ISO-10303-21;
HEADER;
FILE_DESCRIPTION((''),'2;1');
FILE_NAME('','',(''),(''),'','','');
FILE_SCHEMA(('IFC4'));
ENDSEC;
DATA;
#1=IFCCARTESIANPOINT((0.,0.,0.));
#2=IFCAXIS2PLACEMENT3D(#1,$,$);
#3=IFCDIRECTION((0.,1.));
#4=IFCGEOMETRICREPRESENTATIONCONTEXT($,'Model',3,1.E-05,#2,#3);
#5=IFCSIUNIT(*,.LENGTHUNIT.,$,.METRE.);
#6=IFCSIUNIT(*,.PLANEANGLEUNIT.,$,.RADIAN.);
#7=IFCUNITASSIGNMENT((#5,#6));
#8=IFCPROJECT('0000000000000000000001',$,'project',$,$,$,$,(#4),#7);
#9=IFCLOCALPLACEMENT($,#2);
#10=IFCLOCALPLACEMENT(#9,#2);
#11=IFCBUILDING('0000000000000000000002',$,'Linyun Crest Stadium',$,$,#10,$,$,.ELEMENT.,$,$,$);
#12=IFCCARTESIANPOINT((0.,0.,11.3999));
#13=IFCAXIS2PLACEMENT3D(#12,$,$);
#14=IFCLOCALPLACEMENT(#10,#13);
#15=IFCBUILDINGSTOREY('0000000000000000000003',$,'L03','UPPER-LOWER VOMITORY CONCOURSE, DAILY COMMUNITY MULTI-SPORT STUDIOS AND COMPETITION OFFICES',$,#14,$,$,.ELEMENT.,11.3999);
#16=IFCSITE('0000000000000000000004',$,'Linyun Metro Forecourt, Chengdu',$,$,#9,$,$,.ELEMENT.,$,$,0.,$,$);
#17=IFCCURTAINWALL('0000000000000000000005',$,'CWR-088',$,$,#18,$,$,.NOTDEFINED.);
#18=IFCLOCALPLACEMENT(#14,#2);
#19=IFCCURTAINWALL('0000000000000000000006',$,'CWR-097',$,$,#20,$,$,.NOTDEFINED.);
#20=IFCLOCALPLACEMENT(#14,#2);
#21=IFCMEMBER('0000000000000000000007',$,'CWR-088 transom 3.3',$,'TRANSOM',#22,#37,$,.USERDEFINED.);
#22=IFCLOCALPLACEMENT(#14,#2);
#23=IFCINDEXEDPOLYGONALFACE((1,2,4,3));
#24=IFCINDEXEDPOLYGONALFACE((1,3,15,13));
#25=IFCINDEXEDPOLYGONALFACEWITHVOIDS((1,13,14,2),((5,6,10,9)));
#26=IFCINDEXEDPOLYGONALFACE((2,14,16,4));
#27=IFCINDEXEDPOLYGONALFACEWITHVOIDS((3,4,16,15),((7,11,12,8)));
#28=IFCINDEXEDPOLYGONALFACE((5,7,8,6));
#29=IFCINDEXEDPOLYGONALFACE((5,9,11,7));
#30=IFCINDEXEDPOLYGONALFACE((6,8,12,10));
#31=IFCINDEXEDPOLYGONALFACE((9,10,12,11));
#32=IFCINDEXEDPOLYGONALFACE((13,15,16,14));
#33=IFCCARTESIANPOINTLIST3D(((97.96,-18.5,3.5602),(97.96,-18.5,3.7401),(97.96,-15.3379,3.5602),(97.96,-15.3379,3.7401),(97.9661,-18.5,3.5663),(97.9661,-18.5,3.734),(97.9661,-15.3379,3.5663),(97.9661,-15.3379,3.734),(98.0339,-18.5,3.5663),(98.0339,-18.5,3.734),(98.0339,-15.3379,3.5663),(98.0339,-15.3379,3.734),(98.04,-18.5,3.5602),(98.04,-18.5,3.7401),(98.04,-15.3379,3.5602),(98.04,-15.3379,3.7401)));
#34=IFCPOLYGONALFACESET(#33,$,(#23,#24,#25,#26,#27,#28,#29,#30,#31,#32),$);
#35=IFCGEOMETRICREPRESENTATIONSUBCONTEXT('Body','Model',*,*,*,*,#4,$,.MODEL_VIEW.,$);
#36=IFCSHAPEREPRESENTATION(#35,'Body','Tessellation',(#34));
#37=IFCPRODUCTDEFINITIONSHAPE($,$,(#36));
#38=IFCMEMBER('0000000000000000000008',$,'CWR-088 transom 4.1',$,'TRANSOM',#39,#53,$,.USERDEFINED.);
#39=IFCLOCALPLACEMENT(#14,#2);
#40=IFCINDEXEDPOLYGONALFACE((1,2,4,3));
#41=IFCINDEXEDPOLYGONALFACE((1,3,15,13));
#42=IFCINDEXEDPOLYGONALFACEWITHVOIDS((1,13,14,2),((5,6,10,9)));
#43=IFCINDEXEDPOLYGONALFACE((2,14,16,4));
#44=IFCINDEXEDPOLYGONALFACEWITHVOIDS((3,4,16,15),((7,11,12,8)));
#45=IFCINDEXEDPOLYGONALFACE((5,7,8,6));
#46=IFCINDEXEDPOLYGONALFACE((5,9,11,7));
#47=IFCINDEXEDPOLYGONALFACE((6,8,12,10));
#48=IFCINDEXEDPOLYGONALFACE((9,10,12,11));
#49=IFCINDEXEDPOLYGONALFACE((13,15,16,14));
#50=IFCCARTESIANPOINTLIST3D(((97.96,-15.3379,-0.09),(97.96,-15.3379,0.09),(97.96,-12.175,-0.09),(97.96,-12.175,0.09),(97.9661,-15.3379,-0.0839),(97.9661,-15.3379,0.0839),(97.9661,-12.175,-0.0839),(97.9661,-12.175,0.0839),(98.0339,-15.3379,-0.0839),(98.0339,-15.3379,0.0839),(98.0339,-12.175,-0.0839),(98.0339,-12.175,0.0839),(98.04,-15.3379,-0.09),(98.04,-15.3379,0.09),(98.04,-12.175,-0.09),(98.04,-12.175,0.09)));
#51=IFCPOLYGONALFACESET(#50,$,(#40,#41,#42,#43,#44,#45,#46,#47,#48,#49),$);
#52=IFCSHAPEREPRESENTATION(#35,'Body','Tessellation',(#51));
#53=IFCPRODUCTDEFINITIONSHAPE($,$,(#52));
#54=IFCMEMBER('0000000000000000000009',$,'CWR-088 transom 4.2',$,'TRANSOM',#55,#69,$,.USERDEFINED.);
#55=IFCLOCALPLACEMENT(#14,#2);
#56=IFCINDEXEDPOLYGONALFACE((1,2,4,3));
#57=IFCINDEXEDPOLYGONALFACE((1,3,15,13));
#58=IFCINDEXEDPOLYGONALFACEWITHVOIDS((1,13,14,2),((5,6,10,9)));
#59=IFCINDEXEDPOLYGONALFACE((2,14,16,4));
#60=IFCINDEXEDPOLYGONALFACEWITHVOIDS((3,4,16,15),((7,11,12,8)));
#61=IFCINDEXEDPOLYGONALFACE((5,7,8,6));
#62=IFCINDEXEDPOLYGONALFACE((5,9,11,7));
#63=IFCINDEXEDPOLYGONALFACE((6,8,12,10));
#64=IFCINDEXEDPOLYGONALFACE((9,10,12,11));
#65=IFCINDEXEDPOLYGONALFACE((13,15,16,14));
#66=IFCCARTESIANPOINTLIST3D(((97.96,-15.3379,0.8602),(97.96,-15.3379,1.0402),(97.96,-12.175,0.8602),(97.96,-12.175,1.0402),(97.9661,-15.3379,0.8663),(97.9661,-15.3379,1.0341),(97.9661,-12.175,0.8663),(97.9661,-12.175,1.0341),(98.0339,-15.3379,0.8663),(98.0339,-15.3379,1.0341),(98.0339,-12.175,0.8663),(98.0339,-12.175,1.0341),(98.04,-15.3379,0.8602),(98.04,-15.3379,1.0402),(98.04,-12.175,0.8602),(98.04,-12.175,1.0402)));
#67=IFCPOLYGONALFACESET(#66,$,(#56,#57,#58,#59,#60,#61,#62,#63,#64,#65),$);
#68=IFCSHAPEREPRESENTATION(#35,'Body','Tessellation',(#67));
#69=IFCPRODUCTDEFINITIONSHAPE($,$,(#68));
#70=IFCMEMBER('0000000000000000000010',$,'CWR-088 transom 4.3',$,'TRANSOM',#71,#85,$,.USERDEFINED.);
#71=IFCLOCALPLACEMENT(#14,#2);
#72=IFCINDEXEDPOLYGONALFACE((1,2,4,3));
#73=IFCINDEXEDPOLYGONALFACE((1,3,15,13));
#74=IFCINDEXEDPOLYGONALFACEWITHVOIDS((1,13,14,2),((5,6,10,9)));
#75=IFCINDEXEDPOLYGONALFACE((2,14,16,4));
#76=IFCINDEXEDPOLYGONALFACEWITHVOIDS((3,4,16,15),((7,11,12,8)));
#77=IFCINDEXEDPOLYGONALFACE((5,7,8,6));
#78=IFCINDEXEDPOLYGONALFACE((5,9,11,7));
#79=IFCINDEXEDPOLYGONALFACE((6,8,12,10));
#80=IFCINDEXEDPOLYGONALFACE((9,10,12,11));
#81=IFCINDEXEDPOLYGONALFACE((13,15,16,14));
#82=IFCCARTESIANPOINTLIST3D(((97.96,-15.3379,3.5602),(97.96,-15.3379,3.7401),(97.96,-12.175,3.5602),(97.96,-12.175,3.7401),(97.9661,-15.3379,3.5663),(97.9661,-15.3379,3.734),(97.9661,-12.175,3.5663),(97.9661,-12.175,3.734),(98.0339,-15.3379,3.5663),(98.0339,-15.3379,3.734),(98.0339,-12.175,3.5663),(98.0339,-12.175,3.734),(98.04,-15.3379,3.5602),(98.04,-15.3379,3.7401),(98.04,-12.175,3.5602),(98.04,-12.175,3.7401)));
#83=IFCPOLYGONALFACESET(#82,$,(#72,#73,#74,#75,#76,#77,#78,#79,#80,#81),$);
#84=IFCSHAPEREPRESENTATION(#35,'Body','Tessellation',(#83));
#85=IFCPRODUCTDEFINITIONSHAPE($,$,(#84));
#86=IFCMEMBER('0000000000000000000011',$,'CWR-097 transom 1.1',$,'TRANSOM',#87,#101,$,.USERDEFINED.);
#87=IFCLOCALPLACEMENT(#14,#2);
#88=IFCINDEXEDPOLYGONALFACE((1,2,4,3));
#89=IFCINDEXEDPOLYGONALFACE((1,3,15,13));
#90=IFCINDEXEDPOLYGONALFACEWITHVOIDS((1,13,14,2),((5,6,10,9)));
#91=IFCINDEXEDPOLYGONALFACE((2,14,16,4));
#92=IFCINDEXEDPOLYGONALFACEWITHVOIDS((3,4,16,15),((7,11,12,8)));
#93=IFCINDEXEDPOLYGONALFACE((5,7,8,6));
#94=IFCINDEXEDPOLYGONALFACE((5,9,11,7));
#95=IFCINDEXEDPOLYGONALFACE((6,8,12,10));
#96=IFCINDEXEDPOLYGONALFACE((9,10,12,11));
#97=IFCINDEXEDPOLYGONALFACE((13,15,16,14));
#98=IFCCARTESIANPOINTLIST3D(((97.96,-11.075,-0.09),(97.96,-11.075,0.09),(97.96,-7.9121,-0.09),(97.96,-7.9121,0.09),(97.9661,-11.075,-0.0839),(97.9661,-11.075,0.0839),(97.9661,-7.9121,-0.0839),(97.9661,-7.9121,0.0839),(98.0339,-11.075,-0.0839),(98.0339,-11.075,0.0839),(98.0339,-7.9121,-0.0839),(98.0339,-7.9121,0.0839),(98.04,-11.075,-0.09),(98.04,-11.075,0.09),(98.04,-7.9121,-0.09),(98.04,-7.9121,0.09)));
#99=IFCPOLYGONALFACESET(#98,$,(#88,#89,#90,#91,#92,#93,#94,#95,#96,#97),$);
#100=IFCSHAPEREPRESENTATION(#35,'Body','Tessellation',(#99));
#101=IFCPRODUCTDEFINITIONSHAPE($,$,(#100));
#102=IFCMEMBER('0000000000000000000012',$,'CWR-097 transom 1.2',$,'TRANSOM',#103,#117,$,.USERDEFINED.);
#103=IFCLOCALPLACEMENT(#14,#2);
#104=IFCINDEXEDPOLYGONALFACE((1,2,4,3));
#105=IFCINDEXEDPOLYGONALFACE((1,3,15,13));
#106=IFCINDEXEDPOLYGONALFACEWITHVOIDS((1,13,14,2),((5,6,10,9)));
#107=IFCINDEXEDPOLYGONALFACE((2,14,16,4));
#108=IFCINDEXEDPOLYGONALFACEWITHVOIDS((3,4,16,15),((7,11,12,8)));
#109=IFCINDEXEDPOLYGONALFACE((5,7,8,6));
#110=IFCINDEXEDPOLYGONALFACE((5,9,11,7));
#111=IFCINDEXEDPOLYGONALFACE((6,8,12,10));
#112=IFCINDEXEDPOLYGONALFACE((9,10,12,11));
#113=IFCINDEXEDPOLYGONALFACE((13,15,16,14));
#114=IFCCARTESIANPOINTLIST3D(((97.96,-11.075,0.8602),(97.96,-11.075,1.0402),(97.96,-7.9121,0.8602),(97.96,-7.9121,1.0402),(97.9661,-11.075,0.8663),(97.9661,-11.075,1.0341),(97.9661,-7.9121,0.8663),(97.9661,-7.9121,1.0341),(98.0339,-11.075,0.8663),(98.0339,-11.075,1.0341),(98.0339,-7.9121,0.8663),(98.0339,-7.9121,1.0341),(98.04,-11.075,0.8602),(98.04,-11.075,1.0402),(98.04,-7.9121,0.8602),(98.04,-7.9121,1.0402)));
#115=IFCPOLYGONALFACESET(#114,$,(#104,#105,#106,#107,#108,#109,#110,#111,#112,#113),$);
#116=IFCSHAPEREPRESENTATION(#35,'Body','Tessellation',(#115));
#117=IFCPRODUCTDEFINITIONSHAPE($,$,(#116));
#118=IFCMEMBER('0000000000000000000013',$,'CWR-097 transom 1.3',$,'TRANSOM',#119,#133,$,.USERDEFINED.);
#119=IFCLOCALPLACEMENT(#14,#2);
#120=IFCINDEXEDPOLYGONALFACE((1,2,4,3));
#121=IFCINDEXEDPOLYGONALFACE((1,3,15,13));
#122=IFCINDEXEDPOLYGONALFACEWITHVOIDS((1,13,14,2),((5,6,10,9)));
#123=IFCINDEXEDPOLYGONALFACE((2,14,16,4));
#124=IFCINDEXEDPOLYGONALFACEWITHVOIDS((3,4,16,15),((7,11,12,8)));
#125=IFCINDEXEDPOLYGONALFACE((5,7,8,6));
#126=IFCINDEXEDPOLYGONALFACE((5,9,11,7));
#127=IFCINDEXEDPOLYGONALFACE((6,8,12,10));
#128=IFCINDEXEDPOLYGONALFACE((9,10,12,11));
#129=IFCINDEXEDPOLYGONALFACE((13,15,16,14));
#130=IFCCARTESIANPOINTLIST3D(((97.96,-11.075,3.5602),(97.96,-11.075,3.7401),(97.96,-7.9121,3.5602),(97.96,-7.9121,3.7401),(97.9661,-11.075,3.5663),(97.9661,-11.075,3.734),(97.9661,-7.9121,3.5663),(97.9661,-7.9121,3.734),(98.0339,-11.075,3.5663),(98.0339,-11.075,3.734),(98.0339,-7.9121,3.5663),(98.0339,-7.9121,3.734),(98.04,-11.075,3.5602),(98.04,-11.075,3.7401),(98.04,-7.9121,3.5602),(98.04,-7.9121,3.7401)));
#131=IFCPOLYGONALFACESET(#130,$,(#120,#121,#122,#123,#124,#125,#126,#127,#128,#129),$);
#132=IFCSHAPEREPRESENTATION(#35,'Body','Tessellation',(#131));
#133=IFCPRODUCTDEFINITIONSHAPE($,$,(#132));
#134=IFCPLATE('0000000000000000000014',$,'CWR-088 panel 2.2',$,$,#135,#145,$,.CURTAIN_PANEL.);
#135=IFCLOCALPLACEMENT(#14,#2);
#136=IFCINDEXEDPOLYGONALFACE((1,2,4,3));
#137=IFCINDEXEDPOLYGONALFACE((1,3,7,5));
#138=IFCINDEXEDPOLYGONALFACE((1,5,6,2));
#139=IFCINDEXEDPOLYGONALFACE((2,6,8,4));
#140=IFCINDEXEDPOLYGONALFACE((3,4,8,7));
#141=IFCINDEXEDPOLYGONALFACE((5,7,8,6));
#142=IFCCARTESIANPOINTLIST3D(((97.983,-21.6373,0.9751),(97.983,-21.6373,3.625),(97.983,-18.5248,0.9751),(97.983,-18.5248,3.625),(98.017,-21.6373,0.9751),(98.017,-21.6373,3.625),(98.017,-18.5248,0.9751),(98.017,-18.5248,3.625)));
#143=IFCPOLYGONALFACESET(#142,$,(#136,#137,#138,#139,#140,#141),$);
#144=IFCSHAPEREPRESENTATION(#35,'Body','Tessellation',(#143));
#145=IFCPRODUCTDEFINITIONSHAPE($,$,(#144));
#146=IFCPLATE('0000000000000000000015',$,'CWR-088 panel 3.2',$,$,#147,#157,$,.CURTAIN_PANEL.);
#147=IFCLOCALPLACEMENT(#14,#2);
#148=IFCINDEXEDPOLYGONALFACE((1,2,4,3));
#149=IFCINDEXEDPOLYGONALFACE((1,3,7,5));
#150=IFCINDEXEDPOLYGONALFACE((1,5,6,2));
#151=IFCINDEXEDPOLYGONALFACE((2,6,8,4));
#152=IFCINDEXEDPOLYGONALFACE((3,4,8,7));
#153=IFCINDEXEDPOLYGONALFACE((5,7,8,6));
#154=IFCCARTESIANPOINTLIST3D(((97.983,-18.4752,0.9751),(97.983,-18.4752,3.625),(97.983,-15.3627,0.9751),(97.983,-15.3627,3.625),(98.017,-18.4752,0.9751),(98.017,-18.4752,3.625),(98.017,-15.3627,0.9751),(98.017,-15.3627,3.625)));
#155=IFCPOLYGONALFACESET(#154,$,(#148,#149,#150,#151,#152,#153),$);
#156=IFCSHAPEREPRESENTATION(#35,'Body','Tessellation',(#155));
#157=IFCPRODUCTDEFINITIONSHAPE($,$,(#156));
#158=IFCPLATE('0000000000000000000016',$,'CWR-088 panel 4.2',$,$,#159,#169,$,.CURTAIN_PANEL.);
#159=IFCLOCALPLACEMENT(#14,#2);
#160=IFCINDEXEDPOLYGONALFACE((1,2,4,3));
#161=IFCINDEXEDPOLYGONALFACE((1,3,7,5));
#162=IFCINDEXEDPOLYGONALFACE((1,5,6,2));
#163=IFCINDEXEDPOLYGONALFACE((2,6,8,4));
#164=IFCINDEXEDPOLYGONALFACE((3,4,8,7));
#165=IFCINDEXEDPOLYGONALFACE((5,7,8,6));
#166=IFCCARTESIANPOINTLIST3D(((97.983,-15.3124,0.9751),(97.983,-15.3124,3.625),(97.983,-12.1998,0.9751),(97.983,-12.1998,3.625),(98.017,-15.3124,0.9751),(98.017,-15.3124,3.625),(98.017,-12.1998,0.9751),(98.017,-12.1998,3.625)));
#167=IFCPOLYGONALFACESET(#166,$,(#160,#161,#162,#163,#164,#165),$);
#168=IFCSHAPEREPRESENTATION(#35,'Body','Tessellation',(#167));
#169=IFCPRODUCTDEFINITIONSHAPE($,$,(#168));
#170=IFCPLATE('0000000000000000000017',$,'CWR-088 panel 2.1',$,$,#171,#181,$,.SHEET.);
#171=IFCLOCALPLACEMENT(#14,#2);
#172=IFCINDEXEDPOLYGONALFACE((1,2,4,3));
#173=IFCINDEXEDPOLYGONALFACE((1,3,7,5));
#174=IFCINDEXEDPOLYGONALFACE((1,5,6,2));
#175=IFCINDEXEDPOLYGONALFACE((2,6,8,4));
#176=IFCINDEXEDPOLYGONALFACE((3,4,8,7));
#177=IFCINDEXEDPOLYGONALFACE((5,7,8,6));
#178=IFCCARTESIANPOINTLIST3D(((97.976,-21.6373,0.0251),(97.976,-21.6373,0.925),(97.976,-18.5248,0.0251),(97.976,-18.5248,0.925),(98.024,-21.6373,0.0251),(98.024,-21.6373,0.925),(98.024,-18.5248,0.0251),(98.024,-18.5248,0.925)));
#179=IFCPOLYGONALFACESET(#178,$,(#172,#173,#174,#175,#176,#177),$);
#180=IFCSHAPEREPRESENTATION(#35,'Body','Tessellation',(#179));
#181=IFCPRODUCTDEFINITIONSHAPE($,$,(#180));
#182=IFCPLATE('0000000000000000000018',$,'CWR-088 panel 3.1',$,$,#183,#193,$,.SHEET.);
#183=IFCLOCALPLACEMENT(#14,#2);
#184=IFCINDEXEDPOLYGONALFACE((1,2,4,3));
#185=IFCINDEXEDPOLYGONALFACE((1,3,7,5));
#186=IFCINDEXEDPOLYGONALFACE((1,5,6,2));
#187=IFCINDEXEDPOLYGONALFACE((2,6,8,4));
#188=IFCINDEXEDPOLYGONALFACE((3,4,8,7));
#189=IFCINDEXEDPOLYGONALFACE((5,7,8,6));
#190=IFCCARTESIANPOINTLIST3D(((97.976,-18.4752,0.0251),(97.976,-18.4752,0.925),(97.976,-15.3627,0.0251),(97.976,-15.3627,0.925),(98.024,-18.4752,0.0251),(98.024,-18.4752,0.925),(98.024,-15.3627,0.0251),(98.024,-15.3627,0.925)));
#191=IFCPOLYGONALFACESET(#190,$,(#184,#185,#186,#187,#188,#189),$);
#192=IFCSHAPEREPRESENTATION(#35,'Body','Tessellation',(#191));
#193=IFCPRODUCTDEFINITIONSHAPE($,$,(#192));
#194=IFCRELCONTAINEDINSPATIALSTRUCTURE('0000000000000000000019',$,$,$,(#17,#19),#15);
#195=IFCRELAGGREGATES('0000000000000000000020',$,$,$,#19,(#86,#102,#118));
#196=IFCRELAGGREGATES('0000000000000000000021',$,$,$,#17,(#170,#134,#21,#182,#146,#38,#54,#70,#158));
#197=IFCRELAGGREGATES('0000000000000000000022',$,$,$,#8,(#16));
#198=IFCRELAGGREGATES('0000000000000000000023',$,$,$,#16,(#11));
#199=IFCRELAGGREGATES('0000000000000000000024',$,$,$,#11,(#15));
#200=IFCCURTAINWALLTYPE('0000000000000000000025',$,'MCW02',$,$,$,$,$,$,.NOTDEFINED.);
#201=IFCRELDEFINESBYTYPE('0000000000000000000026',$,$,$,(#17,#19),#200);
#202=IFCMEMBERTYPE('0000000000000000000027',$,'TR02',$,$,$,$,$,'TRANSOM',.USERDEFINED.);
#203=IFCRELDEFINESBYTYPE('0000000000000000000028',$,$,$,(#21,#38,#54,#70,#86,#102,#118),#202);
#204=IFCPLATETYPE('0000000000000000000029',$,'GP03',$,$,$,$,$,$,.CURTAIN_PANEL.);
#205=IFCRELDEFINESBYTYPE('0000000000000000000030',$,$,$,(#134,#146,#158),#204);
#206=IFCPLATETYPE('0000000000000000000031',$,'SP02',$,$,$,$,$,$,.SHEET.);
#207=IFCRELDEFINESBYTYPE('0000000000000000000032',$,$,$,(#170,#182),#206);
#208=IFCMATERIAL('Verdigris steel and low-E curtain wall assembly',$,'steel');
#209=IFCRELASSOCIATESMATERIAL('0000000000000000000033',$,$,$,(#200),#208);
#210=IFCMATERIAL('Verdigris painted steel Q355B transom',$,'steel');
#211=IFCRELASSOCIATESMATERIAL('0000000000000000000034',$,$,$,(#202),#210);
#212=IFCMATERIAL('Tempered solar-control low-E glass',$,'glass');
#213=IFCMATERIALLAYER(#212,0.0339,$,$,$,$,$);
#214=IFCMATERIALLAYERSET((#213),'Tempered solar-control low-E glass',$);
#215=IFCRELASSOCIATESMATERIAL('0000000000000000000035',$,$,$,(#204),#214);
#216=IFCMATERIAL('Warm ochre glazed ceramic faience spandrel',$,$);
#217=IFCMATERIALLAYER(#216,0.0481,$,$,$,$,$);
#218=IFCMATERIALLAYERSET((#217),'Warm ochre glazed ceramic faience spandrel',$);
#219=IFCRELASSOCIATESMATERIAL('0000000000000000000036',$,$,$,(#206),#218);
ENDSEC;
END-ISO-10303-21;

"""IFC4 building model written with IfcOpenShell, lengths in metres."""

from ifc_helpers import new_model, si_unit, direction, frame, origin, origin_2d, place, context, subcontext, project, spatial, rectangle, hollow_rectangle, extrude, material, layer, layer_set, material_profile, profile_set, type_object, element, aggregate, save


model = new_model("IFC4")

# Units and contexts
model_context = context("Model", 3, precision=1e-05, world=origin(), true_north=direction((0.0, 1.0)))
body_context = subcontext(model_context, "Body", "Model", "MODEL_VIEW")
ifc_project = project(units=[si_unit("LENGTHUNIT", "METRE"), si_unit("PLANEANGLEUNIT", "RADIAN")], contexts=[model_context])

# Site, building, storey
site_placement = place(None, origin())
site = spatial("IfcSite", under=ifc_project, at=site_placement, Name="Linyun Metro Forecourt, Chengdu", CompositionType="ELEMENT", RefElevation=0.0)
building_placement = place(site_placement, origin())
building = spatial("IfcBuilding", under=site, at=building_placement, Name="Linyun Crest Stadium", CompositionType="ELEMENT")
storey_placement = place(building_placement, frame((0.0, 0.0, 11.3999)))
storey = spatial("IfcBuildingStorey", under=building, at=storey_placement, Name="L03", Description="UPPER-LOWER VOMITORY CONCOURSE, DAILY COMMUNITY MULTI-SPORT STUDIOS AND COMPETITION OFFICES", CompositionType="ELEMENT", Elevation=11.3999)

# Curtain wall
ifc_material_1 = material(Name="Verdigris steel and low-E curtain wall assembly", Category="steel")
curtain_wall_type = type_object("IfcCurtainWallType", Name="MCW02", PredefinedType="NOTDEFINED", material=ifc_material_1)
curtain_wall_1_placement = place(storey_placement, origin())
curtain_wall_1 = element("IfcCurtainWall", 1, at=curtain_wall_1_placement, inside=storey, type_object=curtain_wall_type, Name="CWR-088", PredefinedType="NOTDEFINED")

# Curtain wall
curtain_wall_2_placement = place(storey_placement, origin())
curtain_wall_2 = element("IfcCurtainWall", 2, at=curtain_wall_2_placement, inside=storey, type_object=curtain_wall_type, Name="CWR-097", PredefinedType="NOTDEFINED")

# Members
ifc_material_2 = material(Name="Verdigris painted steel Q355B transom", Category="steel")
ifc_material_profile_1 = material_profile(ifc_material_2, hollow_rectangle(XDim=0.0801, YDim=0.1799, WallThickness=0.0061, at=origin_2d()), Name="RHS 180x80x6")
ifc_profile_set_1 = profile_set([ifc_material_profile_1], Name="Verdigris painted steel Q355B transom")
member_type_1 = type_object("IfcMemberType", Name="TR02", ElementType="TRANSOM", PredefinedType="USERDEFINED", material=ifc_profile_set_1)
member_1_placement = place(storey_placement, frame((98.0, -18.5, 3.6501), z_axis=(0.0, 1.0, 0.0), x_axis=(-1.0, 0.0, 0.0)))
member_1 = element("IfcMember", 3, at=member_1_placement, type_object=member_type_1, Name="CWR-088 transom 3.3", ObjectType="TRANSOM", PredefinedType="USERDEFINED", context=body_context, shape_type="SweptSolid", body=[
    extrude(hollow_rectangle(XDim=0.0801, YDim=0.1799, WallThickness=0.0061, at=origin_2d()), origin(), (0.0, 0.0, 1.0), 3.1621),
])
member_2_placement = place(storey_placement, frame((98.0, -15.3379, 0.0), z_axis=(0.0, 1.0, 0.0), x_axis=(-1.0, 0.0, 0.0)))
member_2 = element("IfcMember", 4, at=member_2_placement, type_object=member_type_1, Name="CWR-088 transom 4.1", ObjectType="TRANSOM", PredefinedType="USERDEFINED", context=body_context, shape_type="SweptSolid", body=[
    extrude(hollow_rectangle(XDim=0.0801, YDim=0.1799, WallThickness=0.0061, at=origin_2d()), origin(), (0.0, 0.0, 1.0), 3.1628),
])
member_3_placement = place(storey_placement, frame((98.0, -15.3379, 0.9502), z_axis=(0.0, 1.0, 0.0), x_axis=(-1.0, 0.0, 0.0)))
member_3 = element("IfcMember", 5, at=member_3_placement, type_object=member_type_1, Name="CWR-088 transom 4.2", ObjectType="TRANSOM", PredefinedType="USERDEFINED", context=body_context, shape_type="SweptSolid", body=[
    extrude(hollow_rectangle(XDim=0.0801, YDim=0.1799, WallThickness=0.0061, at=origin_2d()), origin(), (0.0, 0.0, 1.0), 3.1628),
])
member_4_placement = place(storey_placement, frame((98.0, -15.3379, 3.6501), z_axis=(0.0, 1.0, 0.0), x_axis=(-1.0, 0.0, 0.0)))
member_4 = element("IfcMember", 6, at=member_4_placement, type_object=member_type_1, Name="CWR-088 transom 4.3", ObjectType="TRANSOM", PredefinedType="USERDEFINED", context=body_context, shape_type="SweptSolid", body=[
    extrude(hollow_rectangle(XDim=0.0801, YDim=0.1799, WallThickness=0.0061, at=origin_2d()), origin(), (0.0, 0.0, 1.0), 3.1628),
])
member_5_placement = place(storey_placement, frame((98.0, -11.075, 0.0), z_axis=(0.0, 1.0, 0.0), x_axis=(-1.0, 0.0, 0.0)))
member_5 = element("IfcMember", 7, at=member_5_placement, type_object=member_type_1, Name="CWR-097 transom 1.1", ObjectType="TRANSOM", PredefinedType="USERDEFINED", context=body_context, shape_type="SweptSolid", body=[
    extrude(hollow_rectangle(XDim=0.0801, YDim=0.1799, WallThickness=0.0061, at=origin_2d()), origin(), (0.0, 0.0, 1.0), 3.1628),
])
member_6_placement = place(storey_placement, frame((98.0, -11.075, 0.9502), z_axis=(0.0, 1.0, 0.0), x_axis=(-1.0, 0.0, 0.0)))
member_6 = element("IfcMember", 8, at=member_6_placement, type_object=member_type_1, Name="CWR-097 transom 1.2", ObjectType="TRANSOM", PredefinedType="USERDEFINED", context=body_context, shape_type="SweptSolid", body=[
    extrude(hollow_rectangle(XDim=0.0801, YDim=0.1799, WallThickness=0.0061, at=origin_2d()), origin(), (0.0, 0.0, 1.0), 3.1628),
])
member_7_placement = place(storey_placement, frame((98.0, -11.075, 3.6501), z_axis=(0.0, 1.0, 0.0), x_axis=(-1.0, 0.0, 0.0)))
member_7 = element("IfcMember", 9, at=member_7_placement, type_object=member_type_1, Name="CWR-097 transom 1.3", ObjectType="TRANSOM", PredefinedType="USERDEFINED", context=body_context, shape_type="SweptSolid", body=[
    extrude(hollow_rectangle(XDim=0.0801, YDim=0.1799, WallThickness=0.0061, at=origin_2d()), origin(), (0.0, 0.0, 1.0), 3.1628),
])
aggregate(curtain_wall_2, [member_5, member_6, member_7])

# Plates
ifc_material_3 = material(Name="Tempered solar-control low-E glass", Category="glass")
ifc_layer_1 = layer(ifc_material_3, 0.0339)
ifc_layer_set_1 = layer_set([ifc_layer_1], Name="Tempered solar-control low-E glass")
plate_type_1 = type_object("IfcPlateType", Name="GP03", PredefinedType="CURTAIN_PANEL", material=ifc_layer_set_1)
plate_1_placement = place(storey_placement, frame((98.0, -20.0811, 0.9751), z_axis=(0.0, 0.0, 1.0), x_axis=(0.0, 1.0, 0.0)))
plate_1 = element("IfcPlate", 10, at=plate_1_placement, type_object=plate_type_1, Name="CWR-088 panel 2.2", PredefinedType="CURTAIN_PANEL", context=body_context, shape_type="SweptSolid", body=[
    extrude(rectangle(XDim=3.1125, YDim=0.0339, at=origin_2d()), origin(), (0.0, 0.0, 1.0), 2.6499),
])
plate_2_placement = place(storey_placement, frame((98.0, -16.9189, 0.9751), z_axis=(0.0, 0.0, 1.0), x_axis=(0.0, 1.0, 0.0)))
plate_2 = element("IfcPlate", 11, at=plate_2_placement, type_object=plate_type_1, Name="CWR-088 panel 3.2", PredefinedType="CURTAIN_PANEL", context=body_context, shape_type="SweptSolid", body=[
    extrude(rectangle(XDim=3.1125, YDim=0.0339, at=origin_2d()), origin(), (0.0, 0.0, 1.0), 2.6499),
])
plate_3_placement = place(storey_placement, frame((98.0, -13.7561, 0.9751), z_axis=(0.0, 0.0, 1.0), x_axis=(0.0, 1.0, 0.0)))
plate_3 = element("IfcPlate", 12, at=plate_3_placement, type_object=plate_type_1, Name="CWR-088 panel 4.2", PredefinedType="CURTAIN_PANEL", context=body_context, shape_type="SweptSolid", body=[
    extrude(rectangle(XDim=3.1125, YDim=0.0339, at=origin_2d()), origin(), (0.0, 0.0, 1.0), 2.6499),
])
ifc_material_4 = material(Name="Warm ochre glazed ceramic faience spandrel")
ifc_layer_2 = layer(ifc_material_4, 0.0481)
ifc_layer_set_2 = layer_set([ifc_layer_2], Name="Warm ochre glazed ceramic faience spandrel")
plate_type_2 = type_object("IfcPlateType", Name="SP02", PredefinedType="SHEET", material=ifc_layer_set_2)
plate_4_placement = place(storey_placement, frame((98.0, -20.0811, 0.0251), z_axis=(0.0, 0.0, 1.0), x_axis=(0.0, 1.0, 0.0)))
plate_4 = element("IfcPlate", 13, at=plate_4_placement, type_object=plate_type_2, Name="CWR-088 panel 2.1", PredefinedType="SHEET", context=body_context, shape_type="SweptSolid", body=[
    extrude(rectangle(XDim=3.1125, YDim=0.0481, at=origin_2d()), origin(), (0.0, 0.0, 1.0), 0.8999),
])
plate_5_placement = place(storey_placement, frame((98.0, -16.9189, 0.0251), z_axis=(0.0, 0.0, 1.0), x_axis=(0.0, 1.0, 0.0)))
plate_5 = element("IfcPlate", 14, at=plate_5_placement, type_object=plate_type_2, Name="CWR-088 panel 3.1", PredefinedType="SHEET", context=body_context, shape_type="SweptSolid", body=[
    extrude(rectangle(XDim=3.1125, YDim=0.0481, at=origin_2d()), origin(), (0.0, 0.0, 1.0), 0.8999),
])
aggregate(curtain_wall_1, [plate_4, plate_1, member_1, plate_5, plate_2, member_2, member_3, member_4, plate_3])

save(model, "model.ifc")
